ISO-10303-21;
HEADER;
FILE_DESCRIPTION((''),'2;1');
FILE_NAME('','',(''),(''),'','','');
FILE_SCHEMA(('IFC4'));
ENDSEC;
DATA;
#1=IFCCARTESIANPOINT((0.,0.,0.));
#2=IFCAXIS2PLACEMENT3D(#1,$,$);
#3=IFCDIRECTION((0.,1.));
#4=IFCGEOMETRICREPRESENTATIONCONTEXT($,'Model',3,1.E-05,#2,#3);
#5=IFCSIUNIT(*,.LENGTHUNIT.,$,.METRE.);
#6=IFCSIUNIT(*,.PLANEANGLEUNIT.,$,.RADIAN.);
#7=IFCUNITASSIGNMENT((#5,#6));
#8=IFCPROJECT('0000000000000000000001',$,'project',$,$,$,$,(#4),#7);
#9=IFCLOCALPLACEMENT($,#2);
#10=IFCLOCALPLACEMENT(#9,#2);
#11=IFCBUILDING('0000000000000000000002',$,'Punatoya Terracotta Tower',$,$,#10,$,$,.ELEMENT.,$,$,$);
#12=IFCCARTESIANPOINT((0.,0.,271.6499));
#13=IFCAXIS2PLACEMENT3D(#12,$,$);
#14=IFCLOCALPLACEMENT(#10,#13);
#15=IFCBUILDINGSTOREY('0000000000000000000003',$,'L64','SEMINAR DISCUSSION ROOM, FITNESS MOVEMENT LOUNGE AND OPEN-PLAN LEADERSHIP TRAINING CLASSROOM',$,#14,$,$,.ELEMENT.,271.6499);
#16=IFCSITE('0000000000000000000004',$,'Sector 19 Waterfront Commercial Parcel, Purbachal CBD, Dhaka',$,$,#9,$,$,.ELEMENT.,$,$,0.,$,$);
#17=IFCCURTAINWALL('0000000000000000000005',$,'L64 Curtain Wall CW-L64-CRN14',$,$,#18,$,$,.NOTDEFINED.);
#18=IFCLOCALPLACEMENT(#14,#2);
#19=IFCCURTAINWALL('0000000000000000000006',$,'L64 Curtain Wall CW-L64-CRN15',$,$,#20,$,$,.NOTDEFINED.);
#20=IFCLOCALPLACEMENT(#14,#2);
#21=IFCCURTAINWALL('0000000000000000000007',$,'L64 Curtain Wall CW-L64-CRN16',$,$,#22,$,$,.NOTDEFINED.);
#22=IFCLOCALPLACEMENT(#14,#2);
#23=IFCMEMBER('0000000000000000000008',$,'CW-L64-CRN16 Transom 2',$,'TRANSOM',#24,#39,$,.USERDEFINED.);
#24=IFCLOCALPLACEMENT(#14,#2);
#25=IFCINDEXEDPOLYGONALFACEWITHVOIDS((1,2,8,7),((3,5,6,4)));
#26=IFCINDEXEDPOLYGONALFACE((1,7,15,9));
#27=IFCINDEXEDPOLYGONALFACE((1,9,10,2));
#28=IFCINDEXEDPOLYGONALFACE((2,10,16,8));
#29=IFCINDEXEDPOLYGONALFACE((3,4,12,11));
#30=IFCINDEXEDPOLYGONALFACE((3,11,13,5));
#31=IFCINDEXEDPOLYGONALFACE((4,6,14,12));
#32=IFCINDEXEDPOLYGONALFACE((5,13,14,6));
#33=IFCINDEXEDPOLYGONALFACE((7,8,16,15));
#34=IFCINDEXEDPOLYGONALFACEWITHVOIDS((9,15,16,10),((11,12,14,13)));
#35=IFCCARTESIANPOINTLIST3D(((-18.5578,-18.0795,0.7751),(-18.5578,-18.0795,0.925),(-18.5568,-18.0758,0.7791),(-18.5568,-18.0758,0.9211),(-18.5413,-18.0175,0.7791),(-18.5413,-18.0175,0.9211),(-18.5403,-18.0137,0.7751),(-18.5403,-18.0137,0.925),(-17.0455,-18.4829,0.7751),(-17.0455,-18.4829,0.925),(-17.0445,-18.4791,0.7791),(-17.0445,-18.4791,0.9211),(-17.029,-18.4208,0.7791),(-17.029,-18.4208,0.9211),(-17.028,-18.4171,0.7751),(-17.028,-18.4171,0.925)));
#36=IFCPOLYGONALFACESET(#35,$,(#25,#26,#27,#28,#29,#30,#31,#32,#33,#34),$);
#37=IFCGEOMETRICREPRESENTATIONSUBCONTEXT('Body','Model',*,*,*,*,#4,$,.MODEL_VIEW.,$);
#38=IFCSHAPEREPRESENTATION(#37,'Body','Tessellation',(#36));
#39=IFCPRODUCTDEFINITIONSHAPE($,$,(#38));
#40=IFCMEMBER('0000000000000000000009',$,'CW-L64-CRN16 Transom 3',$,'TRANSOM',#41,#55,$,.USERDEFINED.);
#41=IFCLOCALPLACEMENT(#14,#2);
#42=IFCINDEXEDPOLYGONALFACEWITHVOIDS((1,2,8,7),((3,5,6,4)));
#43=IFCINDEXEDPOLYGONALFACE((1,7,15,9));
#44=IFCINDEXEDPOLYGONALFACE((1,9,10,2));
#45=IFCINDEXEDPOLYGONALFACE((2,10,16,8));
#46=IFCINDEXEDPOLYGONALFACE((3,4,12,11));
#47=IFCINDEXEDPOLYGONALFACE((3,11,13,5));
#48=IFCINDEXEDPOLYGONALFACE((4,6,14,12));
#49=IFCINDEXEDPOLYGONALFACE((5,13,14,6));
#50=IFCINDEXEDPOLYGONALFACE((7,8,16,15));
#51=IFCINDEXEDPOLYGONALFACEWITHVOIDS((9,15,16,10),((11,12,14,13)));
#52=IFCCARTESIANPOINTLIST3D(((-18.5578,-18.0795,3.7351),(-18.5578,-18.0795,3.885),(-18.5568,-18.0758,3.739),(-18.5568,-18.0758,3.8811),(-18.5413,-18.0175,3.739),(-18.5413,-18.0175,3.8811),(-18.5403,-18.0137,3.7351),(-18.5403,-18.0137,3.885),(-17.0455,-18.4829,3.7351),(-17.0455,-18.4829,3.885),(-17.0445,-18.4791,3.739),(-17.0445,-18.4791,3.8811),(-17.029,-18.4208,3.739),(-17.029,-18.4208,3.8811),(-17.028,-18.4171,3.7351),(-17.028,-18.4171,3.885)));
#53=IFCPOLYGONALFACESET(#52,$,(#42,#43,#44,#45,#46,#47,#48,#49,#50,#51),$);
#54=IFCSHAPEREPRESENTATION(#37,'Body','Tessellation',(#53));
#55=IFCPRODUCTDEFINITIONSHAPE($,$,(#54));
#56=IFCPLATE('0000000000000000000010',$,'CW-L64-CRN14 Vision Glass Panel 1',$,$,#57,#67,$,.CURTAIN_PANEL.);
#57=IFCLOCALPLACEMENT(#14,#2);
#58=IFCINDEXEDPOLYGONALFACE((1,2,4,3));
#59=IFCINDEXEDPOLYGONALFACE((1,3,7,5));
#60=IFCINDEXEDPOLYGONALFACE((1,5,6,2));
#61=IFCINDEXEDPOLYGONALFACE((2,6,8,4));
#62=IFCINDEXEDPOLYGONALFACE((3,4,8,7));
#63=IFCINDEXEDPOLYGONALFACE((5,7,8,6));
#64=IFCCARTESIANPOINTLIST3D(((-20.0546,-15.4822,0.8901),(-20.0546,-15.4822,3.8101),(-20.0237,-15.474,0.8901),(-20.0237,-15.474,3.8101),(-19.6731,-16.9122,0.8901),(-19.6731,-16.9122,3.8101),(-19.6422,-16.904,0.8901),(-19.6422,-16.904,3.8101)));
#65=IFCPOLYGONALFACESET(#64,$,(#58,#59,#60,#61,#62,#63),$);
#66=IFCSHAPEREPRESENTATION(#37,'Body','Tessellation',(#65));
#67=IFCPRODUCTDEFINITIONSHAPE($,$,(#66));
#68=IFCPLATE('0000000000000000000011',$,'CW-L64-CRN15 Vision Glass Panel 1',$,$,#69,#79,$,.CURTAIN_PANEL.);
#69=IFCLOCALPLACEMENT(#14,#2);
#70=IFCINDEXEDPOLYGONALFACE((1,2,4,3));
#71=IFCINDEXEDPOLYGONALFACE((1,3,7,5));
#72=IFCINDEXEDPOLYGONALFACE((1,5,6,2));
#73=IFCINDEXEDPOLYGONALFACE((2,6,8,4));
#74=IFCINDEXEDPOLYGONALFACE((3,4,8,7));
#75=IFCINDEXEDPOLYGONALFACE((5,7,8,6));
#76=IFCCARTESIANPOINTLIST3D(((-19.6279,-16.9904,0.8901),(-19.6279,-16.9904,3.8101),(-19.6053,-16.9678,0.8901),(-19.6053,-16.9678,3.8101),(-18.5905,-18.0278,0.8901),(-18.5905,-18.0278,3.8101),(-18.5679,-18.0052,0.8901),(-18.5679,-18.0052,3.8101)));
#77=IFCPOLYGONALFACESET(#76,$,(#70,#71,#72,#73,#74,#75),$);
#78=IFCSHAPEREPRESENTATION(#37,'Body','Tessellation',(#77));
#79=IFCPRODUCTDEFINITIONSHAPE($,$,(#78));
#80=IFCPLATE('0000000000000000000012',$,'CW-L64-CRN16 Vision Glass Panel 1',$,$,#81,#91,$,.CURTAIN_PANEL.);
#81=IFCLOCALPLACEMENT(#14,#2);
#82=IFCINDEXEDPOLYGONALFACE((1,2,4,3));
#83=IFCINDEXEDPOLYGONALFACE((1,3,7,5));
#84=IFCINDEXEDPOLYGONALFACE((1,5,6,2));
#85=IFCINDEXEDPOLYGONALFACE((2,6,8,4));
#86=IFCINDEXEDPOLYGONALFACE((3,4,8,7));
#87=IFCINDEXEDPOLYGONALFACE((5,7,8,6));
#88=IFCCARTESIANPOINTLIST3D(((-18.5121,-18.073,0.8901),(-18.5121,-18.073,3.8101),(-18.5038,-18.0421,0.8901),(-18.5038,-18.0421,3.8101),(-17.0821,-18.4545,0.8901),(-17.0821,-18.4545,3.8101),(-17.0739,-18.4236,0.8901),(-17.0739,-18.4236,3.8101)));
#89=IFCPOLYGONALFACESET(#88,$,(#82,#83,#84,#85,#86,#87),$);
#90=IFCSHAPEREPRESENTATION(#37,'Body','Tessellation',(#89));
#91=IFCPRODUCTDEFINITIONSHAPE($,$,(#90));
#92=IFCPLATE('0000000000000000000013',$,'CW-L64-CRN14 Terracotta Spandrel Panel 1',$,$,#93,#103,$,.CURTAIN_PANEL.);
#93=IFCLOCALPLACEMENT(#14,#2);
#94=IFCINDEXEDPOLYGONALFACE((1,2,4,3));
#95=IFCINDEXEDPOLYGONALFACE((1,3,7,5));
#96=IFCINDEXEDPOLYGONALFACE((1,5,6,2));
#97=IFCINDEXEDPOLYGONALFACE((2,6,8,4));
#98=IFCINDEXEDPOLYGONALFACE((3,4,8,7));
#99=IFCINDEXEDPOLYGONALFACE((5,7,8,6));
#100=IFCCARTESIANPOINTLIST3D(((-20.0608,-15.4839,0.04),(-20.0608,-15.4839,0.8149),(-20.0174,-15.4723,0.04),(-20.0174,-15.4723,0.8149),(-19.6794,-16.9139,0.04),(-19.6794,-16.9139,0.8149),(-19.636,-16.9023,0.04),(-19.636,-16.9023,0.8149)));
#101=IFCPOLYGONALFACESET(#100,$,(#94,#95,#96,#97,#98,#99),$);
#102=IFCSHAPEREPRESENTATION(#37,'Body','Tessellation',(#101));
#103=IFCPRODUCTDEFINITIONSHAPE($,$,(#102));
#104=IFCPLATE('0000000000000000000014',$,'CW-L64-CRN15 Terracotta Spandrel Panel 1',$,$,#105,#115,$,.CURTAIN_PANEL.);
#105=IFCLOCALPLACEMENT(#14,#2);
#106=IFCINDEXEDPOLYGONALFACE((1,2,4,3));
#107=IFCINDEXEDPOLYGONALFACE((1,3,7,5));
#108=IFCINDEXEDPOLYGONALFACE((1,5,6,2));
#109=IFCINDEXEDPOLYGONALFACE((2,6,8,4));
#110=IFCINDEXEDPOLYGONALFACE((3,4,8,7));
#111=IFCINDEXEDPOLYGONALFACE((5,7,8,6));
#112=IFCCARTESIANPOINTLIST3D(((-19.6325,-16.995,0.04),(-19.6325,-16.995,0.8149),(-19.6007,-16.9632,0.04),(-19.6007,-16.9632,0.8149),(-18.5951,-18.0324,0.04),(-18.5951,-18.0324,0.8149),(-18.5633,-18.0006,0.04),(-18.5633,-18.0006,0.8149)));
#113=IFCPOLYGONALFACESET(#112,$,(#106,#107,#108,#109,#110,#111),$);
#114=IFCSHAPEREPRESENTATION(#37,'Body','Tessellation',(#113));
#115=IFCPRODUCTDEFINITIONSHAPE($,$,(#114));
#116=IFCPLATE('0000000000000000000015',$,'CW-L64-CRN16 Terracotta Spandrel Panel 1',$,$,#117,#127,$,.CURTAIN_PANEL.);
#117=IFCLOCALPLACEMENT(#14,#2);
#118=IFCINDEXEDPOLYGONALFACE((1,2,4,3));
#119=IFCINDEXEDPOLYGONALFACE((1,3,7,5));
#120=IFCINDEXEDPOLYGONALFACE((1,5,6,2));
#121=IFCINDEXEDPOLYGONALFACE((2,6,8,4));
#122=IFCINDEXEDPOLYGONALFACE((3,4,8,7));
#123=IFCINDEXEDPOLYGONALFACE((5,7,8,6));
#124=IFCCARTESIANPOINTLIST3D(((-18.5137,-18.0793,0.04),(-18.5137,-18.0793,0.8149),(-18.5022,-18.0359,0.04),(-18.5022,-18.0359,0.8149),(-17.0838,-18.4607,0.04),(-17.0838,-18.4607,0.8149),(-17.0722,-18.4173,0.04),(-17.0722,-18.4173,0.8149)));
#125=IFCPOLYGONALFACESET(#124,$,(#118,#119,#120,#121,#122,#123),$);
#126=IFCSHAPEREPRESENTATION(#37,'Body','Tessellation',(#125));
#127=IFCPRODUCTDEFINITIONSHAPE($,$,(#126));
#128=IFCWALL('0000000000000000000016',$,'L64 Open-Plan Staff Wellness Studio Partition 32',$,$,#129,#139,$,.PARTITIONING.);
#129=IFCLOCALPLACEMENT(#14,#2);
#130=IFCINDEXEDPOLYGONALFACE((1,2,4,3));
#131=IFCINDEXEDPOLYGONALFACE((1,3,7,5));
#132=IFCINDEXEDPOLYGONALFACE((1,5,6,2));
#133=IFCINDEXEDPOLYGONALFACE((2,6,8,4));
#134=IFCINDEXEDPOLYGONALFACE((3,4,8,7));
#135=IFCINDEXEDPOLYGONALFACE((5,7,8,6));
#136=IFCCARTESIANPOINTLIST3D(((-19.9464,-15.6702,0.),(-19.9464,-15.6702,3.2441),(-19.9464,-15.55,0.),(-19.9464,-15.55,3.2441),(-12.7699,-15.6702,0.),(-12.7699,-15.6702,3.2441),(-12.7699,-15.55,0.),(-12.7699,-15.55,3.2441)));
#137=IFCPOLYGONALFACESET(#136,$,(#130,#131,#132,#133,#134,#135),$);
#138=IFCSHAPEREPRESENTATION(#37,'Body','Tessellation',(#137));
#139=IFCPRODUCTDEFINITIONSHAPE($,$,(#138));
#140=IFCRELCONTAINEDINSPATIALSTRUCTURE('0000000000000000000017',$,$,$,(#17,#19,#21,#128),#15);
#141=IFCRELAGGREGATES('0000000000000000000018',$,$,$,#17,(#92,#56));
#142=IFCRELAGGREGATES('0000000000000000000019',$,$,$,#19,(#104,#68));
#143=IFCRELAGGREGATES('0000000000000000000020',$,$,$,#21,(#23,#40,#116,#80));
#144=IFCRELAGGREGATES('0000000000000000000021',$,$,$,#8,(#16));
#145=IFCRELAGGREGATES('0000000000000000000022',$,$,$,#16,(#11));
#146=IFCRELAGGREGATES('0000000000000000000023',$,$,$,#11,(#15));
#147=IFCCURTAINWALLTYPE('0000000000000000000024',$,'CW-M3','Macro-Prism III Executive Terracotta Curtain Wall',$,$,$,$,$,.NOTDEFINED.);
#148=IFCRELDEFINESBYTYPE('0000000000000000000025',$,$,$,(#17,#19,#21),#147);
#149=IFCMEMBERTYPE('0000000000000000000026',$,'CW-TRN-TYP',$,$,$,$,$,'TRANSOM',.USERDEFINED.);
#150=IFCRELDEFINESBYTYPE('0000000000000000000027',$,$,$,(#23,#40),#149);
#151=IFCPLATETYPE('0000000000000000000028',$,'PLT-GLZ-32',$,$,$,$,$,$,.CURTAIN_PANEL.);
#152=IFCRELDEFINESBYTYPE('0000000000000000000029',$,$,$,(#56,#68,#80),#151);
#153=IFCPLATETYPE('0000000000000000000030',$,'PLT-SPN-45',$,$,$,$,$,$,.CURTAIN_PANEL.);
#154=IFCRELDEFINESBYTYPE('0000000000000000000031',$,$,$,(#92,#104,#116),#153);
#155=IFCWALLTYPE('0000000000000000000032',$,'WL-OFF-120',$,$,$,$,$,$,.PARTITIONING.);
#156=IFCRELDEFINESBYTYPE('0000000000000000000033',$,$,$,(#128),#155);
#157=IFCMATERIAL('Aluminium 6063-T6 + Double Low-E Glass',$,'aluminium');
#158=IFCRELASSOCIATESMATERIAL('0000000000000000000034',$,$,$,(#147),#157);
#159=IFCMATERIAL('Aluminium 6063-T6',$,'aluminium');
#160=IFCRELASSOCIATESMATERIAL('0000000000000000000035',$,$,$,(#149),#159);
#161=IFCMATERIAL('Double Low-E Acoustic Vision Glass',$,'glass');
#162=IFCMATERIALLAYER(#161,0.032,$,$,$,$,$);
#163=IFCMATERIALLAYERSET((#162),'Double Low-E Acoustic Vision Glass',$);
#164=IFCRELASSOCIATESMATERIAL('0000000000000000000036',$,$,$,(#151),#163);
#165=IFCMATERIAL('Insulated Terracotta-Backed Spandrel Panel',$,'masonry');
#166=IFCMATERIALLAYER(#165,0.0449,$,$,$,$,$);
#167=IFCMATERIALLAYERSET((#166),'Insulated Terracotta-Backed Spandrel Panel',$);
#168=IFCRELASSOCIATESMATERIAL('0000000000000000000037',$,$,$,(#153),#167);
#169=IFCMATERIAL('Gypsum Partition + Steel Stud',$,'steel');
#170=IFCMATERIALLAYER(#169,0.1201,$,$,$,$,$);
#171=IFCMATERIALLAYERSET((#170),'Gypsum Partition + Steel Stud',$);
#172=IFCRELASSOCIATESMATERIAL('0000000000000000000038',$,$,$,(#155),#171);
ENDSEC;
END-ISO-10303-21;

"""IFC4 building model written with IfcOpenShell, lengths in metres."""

from ifc_helpers import new_model, si_unit, direction, frame, frame_2d, origin, origin_2d, place, context, subcontext, project, spatial, rectangle, hollow_rectangle, extrude, material, layer, layer_set, material_profile, profile_set, type_object, element, aggregate, save


model = new_model("IFC4")

# Units and contexts
model_context = context("Model", 3, precision=1e-05, world=origin(), true_north=direction((0.0, 1.0)))
body_context = subcontext(model_context, "Body", "Model", "MODEL_VIEW")
ifc_project = project(units=[si_unit("LENGTHUNIT", "METRE"), si_unit("PLANEANGLEUNIT", "RADIAN")], contexts=[model_context])

# Site, building, storey
site_placement = place(None, origin())
site = spatial("IfcSite", under=ifc_project, at=site_placement, Name="Sector 19 Waterfront Commercial Parcel, Purbachal CBD, Dhaka", CompositionType="ELEMENT", RefElevation=0.0)
building_placement = place(site_placement, origin())
building = spatial("IfcBuilding", under=site, at=building_placement, Name="Punatoya Terracotta Tower", CompositionType="ELEMENT")
storey_placement = place(building_placement, frame((0.0, 0.0, 271.6499)))
storey = spatial("IfcBuildingStorey", under=building, at=storey_placement, Name="L64", Description="SEMINAR DISCUSSION ROOM, FITNESS MOVEMENT LOUNGE AND OPEN-PLAN LEADERSHIP TRAINING CLASSROOM", CompositionType="ELEMENT", Elevation=271.6499)

# Shared definitions
ifc_material_1 = material(Name="Aluminium 6063-T6 + Double Low-E Glass", Category="aluminium")
curtain_wall_type = type_object("IfcCurtainWallType", Name="CW-M3", Description="Macro-Prism III Executive Terracotta Curtain Wall", PredefinedType="NOTDEFINED", material=ifc_material_1)
ifc_material_2 = material(Name="Aluminium 6063-T6", Category="aluminium")

# Curtain walls
curtain_wall_1_placement = place(storey_placement, origin())
curtain_wall_1 = element("IfcCurtainWall", 1, at=curtain_wall_1_placement, inside=storey, type_object=curtain_wall_type, Name="L64 Curtain Wall CW-L64-CRN14", PredefinedType="NOTDEFINED")
curtain_wall_2_placement = place(storey_placement, origin())
curtain_wall_2 = element("IfcCurtainWall", 2, at=curtain_wall_2_placement, inside=storey, type_object=curtain_wall_type, Name="L64 Curtain Wall CW-L64-CRN15", PredefinedType="NOTDEFINED")
curtain_wall_3_placement = place(storey_placement, origin())
curtain_wall_3 = element("IfcCurtainWall", 3, at=curtain_wall_3_placement, inside=storey, type_object=curtain_wall_type, Name="L64 Curtain Wall CW-L64-CRN16", PredefinedType="NOTDEFINED")

# Shared definitions
ifc_material_profile_1 = material_profile(ifc_material_2, hollow_rectangle(XDim=0.0681, YDim=0.1499, WallThickness=0.0039, at=origin_2d()))
ifc_profile_set_1 = profile_set([ifc_material_profile_1], Name="Aluminium 6063-T6")
member_type_1 = type_object("IfcMemberType", Name="CW-TRN-TYP", ElementType="TRANSOM", PredefinedType="USERDEFINED", material=ifc_profile_set_1)

# Members
member_1_placement = place(storey_placement, frame((-18.5491, -18.0466, 0.8501), z_axis=(0.966225, -0.257701, 0.0), x_axis=(0.257701, 0.966225, 0.0)))
member_1 = element("IfcMember", 4, at=member_1_placement, type_object=member_type_1, Name="CW-L64-CRN16 Transom 2", ObjectType="TRANSOM", PredefinedType="USERDEFINED", context=body_context, shape_type="SweptSolid", body=[
    extrude(hollow_rectangle(XDim=0.0681, YDim=0.1499, WallThickness=0.0039, at=origin_2d()), origin(), (0.0, 0.0, 1.0), 1.5652),
])
member_2_placement = place(storey_placement, frame((-18.5491, -18.0466, 3.8101), z_axis=(0.966225, -0.257701, 0.0), x_axis=(0.257701, 0.966225, 0.0)))
member_2 = element("IfcMember", 5, at=member_2_placement, type_object=member_type_1, Name="CW-L64-CRN16 Transom 3", ObjectType="TRANSOM", PredefinedType="USERDEFINED", context=body_context, shape_type="SweptSolid", body=[
    extrude(hollow_rectangle(XDim=0.0681, YDim=0.1499, WallThickness=0.0039, at=origin_2d()), origin(), (0.0, 0.0, 1.0), 1.5652),
])

# Plates
ifc_material_3 = material(Name="Double Low-E Acoustic Vision Glass", Category="glass")
ifc_layer_1 = layer(ifc_material_3, 0.032)
ifc_layer_set_1 = layer_set([ifc_layer_1], Name="Double Low-E Acoustic Vision Glass")
plate_type_1 = type_object("IfcPlateType", Name="PLT-GLZ-32", PredefinedType="CURTAIN_PANEL", material=ifc_layer_set_1)
plate_1_placement = place(storey_placement, frame((-19.8484, -16.1931, 0.8901), z_axis=(0.0, 0.0, 1.0), x_axis=(0.257742, -0.966214, 0.0)))
plate_1 = element("IfcPlate", 6, at=plate_1_placement, type_object=plate_type_1, Name="CW-L64-CRN14 Vision Glass Panel 1", PredefinedType="CURTAIN_PANEL", context=body_context, shape_type="SweptSolid", body=[
    extrude(rectangle(XDim=1.48, YDim=0.032, at=origin_2d()), origin(), (0.0, 0.0, 1.0), 2.9199),
])
plate_2_placement = place(storey_placement, frame((-19.0979, -17.4978, 0.8901), z_axis=(0.0, 0.0, 1.0), x_axis=(0.707107, -0.707107, 0.0)))
plate_2 = element("IfcPlate", 7, at=plate_2_placement, type_object=plate_type_1, Name="CW-L64-CRN15 Vision Glass Panel 1", PredefinedType="CURTAIN_PANEL", context=body_context, shape_type="SweptSolid", body=[
    extrude(rectangle(XDim=1.467, YDim=0.032, at=origin_2d()), origin(), (0.0, 0.0, 1.0), 2.9199),
])
plate_3_placement = place(storey_placement, frame((-17.793, -18.2483, 0.8901), z_axis=(0.0, 0.0, 1.0), x_axis=(0.966214, -0.257742, 0.0)))
plate_3 = element("IfcPlate", 8, at=plate_3_placement, type_object=plate_type_1, Name="CW-L64-CRN16 Vision Glass Panel 1", PredefinedType="CURTAIN_PANEL", context=body_context, shape_type="SweptSolid", body=[
    extrude(rectangle(XDim=1.48, YDim=0.032, at=origin_2d()), origin(), (0.0, 0.0, 1.0), 2.9199),
])
ifc_material_4 = material(Name="Insulated Terracotta-Backed Spandrel Panel", Category="masonry")
ifc_layer_2 = layer(ifc_material_4, 0.0449)
ifc_layer_set_2 = layer_set([ifc_layer_2], Name="Insulated Terracotta-Backed Spandrel Panel")
plate_type_2 = type_object("IfcPlateType", Name="PLT-SPN-45", PredefinedType="CURTAIN_PANEL", material=ifc_layer_set_2)
plate_4_placement = place(storey_placement, frame((-19.8484, -16.1931, 0.04), z_axis=(0.0, 0.0, 1.0), x_axis=(0.257742, -0.966214, 0.0)))
plate_4 = element("IfcPlate", 9, at=plate_4_placement, type_object=plate_type_2, Name="CW-L64-CRN14 Terracotta Spandrel Panel 1", PredefinedType="CURTAIN_PANEL", context=body_context, shape_type="SweptSolid", body=[
    extrude(rectangle(XDim=1.48, YDim=0.0449, at=origin_2d()), origin(), (0.0, 0.0, 1.0), 0.7749),
])
aggregate(curtain_wall_1, [plate_4, plate_1])
plate_5_placement = place(storey_placement, frame((-19.0979, -17.4978, 0.04), z_axis=(0.0, 0.0, 1.0), x_axis=(0.707107, -0.707107, 0.0)))
plate_5 = element("IfcPlate", 10, at=plate_5_placement, type_object=plate_type_2, Name="CW-L64-CRN15 Terracotta Spandrel Panel 1", PredefinedType="CURTAIN_PANEL", context=body_context, shape_type="SweptSolid", body=[
    extrude(rectangle(XDim=1.467, YDim=0.0449, at=origin_2d()), origin(), (0.0, 0.0, 1.0), 0.7749),
])
aggregate(curtain_wall_2, [plate_5, plate_2])
plate_6_placement = place(storey_placement, frame((-17.793, -18.2483, 0.04), z_axis=(0.0, 0.0, 1.0), x_axis=(0.966214, -0.257742, 0.0)))
plate_6 = element("IfcPlate", 11, at=plate_6_placement, type_object=plate_type_2, Name="CW-L64-CRN16 Terracotta Spandrel Panel 1", PredefinedType="CURTAIN_PANEL", context=body_context, shape_type="SweptSolid", body=[
    extrude(rectangle(XDim=1.48, YDim=0.0449, at=origin_2d()), origin(), (0.0, 0.0, 1.0), 0.7749),
])
aggregate(curtain_wall_3, [member_1, member_2, plate_6, plate_3])

# Wall
ifc_material_5 = material(Name="Gypsum Partition + Steel Stud", Category="steel")
ifc_layer_3 = layer(ifc_material_5, 0.1201)
ifc_layer_set_3 = layer_set([ifc_layer_3], Name="Gypsum Partition + Steel Stud")
wall_type = type_object("IfcWallType", Name="WL-OFF-120", PredefinedType="PARTITIONING", material=ifc_layer_set_3)
wall_placement = place(storey_placement, frame((-19.9465, -15.6101, 0.0), z_axis=(0.0, 0.0, 1.0), x_axis=(1.0, 0.0, 0.0)))
element("IfcWall", 12, at=wall_placement, inside=storey, type_object=wall_type, Name="L64 Open-Plan Staff Wellness Studio Partition 32", PredefinedType="PARTITIONING", context=body_context, shape_type="SweptSolid", body=[
    extrude(rectangle(XDim=7.1765, YDim=0.1201, at=frame_2d((3.5884, 0.0))), origin(), (0.0, 0.0, 1.0), 3.2441),
])

save(model, "model.ifc")
